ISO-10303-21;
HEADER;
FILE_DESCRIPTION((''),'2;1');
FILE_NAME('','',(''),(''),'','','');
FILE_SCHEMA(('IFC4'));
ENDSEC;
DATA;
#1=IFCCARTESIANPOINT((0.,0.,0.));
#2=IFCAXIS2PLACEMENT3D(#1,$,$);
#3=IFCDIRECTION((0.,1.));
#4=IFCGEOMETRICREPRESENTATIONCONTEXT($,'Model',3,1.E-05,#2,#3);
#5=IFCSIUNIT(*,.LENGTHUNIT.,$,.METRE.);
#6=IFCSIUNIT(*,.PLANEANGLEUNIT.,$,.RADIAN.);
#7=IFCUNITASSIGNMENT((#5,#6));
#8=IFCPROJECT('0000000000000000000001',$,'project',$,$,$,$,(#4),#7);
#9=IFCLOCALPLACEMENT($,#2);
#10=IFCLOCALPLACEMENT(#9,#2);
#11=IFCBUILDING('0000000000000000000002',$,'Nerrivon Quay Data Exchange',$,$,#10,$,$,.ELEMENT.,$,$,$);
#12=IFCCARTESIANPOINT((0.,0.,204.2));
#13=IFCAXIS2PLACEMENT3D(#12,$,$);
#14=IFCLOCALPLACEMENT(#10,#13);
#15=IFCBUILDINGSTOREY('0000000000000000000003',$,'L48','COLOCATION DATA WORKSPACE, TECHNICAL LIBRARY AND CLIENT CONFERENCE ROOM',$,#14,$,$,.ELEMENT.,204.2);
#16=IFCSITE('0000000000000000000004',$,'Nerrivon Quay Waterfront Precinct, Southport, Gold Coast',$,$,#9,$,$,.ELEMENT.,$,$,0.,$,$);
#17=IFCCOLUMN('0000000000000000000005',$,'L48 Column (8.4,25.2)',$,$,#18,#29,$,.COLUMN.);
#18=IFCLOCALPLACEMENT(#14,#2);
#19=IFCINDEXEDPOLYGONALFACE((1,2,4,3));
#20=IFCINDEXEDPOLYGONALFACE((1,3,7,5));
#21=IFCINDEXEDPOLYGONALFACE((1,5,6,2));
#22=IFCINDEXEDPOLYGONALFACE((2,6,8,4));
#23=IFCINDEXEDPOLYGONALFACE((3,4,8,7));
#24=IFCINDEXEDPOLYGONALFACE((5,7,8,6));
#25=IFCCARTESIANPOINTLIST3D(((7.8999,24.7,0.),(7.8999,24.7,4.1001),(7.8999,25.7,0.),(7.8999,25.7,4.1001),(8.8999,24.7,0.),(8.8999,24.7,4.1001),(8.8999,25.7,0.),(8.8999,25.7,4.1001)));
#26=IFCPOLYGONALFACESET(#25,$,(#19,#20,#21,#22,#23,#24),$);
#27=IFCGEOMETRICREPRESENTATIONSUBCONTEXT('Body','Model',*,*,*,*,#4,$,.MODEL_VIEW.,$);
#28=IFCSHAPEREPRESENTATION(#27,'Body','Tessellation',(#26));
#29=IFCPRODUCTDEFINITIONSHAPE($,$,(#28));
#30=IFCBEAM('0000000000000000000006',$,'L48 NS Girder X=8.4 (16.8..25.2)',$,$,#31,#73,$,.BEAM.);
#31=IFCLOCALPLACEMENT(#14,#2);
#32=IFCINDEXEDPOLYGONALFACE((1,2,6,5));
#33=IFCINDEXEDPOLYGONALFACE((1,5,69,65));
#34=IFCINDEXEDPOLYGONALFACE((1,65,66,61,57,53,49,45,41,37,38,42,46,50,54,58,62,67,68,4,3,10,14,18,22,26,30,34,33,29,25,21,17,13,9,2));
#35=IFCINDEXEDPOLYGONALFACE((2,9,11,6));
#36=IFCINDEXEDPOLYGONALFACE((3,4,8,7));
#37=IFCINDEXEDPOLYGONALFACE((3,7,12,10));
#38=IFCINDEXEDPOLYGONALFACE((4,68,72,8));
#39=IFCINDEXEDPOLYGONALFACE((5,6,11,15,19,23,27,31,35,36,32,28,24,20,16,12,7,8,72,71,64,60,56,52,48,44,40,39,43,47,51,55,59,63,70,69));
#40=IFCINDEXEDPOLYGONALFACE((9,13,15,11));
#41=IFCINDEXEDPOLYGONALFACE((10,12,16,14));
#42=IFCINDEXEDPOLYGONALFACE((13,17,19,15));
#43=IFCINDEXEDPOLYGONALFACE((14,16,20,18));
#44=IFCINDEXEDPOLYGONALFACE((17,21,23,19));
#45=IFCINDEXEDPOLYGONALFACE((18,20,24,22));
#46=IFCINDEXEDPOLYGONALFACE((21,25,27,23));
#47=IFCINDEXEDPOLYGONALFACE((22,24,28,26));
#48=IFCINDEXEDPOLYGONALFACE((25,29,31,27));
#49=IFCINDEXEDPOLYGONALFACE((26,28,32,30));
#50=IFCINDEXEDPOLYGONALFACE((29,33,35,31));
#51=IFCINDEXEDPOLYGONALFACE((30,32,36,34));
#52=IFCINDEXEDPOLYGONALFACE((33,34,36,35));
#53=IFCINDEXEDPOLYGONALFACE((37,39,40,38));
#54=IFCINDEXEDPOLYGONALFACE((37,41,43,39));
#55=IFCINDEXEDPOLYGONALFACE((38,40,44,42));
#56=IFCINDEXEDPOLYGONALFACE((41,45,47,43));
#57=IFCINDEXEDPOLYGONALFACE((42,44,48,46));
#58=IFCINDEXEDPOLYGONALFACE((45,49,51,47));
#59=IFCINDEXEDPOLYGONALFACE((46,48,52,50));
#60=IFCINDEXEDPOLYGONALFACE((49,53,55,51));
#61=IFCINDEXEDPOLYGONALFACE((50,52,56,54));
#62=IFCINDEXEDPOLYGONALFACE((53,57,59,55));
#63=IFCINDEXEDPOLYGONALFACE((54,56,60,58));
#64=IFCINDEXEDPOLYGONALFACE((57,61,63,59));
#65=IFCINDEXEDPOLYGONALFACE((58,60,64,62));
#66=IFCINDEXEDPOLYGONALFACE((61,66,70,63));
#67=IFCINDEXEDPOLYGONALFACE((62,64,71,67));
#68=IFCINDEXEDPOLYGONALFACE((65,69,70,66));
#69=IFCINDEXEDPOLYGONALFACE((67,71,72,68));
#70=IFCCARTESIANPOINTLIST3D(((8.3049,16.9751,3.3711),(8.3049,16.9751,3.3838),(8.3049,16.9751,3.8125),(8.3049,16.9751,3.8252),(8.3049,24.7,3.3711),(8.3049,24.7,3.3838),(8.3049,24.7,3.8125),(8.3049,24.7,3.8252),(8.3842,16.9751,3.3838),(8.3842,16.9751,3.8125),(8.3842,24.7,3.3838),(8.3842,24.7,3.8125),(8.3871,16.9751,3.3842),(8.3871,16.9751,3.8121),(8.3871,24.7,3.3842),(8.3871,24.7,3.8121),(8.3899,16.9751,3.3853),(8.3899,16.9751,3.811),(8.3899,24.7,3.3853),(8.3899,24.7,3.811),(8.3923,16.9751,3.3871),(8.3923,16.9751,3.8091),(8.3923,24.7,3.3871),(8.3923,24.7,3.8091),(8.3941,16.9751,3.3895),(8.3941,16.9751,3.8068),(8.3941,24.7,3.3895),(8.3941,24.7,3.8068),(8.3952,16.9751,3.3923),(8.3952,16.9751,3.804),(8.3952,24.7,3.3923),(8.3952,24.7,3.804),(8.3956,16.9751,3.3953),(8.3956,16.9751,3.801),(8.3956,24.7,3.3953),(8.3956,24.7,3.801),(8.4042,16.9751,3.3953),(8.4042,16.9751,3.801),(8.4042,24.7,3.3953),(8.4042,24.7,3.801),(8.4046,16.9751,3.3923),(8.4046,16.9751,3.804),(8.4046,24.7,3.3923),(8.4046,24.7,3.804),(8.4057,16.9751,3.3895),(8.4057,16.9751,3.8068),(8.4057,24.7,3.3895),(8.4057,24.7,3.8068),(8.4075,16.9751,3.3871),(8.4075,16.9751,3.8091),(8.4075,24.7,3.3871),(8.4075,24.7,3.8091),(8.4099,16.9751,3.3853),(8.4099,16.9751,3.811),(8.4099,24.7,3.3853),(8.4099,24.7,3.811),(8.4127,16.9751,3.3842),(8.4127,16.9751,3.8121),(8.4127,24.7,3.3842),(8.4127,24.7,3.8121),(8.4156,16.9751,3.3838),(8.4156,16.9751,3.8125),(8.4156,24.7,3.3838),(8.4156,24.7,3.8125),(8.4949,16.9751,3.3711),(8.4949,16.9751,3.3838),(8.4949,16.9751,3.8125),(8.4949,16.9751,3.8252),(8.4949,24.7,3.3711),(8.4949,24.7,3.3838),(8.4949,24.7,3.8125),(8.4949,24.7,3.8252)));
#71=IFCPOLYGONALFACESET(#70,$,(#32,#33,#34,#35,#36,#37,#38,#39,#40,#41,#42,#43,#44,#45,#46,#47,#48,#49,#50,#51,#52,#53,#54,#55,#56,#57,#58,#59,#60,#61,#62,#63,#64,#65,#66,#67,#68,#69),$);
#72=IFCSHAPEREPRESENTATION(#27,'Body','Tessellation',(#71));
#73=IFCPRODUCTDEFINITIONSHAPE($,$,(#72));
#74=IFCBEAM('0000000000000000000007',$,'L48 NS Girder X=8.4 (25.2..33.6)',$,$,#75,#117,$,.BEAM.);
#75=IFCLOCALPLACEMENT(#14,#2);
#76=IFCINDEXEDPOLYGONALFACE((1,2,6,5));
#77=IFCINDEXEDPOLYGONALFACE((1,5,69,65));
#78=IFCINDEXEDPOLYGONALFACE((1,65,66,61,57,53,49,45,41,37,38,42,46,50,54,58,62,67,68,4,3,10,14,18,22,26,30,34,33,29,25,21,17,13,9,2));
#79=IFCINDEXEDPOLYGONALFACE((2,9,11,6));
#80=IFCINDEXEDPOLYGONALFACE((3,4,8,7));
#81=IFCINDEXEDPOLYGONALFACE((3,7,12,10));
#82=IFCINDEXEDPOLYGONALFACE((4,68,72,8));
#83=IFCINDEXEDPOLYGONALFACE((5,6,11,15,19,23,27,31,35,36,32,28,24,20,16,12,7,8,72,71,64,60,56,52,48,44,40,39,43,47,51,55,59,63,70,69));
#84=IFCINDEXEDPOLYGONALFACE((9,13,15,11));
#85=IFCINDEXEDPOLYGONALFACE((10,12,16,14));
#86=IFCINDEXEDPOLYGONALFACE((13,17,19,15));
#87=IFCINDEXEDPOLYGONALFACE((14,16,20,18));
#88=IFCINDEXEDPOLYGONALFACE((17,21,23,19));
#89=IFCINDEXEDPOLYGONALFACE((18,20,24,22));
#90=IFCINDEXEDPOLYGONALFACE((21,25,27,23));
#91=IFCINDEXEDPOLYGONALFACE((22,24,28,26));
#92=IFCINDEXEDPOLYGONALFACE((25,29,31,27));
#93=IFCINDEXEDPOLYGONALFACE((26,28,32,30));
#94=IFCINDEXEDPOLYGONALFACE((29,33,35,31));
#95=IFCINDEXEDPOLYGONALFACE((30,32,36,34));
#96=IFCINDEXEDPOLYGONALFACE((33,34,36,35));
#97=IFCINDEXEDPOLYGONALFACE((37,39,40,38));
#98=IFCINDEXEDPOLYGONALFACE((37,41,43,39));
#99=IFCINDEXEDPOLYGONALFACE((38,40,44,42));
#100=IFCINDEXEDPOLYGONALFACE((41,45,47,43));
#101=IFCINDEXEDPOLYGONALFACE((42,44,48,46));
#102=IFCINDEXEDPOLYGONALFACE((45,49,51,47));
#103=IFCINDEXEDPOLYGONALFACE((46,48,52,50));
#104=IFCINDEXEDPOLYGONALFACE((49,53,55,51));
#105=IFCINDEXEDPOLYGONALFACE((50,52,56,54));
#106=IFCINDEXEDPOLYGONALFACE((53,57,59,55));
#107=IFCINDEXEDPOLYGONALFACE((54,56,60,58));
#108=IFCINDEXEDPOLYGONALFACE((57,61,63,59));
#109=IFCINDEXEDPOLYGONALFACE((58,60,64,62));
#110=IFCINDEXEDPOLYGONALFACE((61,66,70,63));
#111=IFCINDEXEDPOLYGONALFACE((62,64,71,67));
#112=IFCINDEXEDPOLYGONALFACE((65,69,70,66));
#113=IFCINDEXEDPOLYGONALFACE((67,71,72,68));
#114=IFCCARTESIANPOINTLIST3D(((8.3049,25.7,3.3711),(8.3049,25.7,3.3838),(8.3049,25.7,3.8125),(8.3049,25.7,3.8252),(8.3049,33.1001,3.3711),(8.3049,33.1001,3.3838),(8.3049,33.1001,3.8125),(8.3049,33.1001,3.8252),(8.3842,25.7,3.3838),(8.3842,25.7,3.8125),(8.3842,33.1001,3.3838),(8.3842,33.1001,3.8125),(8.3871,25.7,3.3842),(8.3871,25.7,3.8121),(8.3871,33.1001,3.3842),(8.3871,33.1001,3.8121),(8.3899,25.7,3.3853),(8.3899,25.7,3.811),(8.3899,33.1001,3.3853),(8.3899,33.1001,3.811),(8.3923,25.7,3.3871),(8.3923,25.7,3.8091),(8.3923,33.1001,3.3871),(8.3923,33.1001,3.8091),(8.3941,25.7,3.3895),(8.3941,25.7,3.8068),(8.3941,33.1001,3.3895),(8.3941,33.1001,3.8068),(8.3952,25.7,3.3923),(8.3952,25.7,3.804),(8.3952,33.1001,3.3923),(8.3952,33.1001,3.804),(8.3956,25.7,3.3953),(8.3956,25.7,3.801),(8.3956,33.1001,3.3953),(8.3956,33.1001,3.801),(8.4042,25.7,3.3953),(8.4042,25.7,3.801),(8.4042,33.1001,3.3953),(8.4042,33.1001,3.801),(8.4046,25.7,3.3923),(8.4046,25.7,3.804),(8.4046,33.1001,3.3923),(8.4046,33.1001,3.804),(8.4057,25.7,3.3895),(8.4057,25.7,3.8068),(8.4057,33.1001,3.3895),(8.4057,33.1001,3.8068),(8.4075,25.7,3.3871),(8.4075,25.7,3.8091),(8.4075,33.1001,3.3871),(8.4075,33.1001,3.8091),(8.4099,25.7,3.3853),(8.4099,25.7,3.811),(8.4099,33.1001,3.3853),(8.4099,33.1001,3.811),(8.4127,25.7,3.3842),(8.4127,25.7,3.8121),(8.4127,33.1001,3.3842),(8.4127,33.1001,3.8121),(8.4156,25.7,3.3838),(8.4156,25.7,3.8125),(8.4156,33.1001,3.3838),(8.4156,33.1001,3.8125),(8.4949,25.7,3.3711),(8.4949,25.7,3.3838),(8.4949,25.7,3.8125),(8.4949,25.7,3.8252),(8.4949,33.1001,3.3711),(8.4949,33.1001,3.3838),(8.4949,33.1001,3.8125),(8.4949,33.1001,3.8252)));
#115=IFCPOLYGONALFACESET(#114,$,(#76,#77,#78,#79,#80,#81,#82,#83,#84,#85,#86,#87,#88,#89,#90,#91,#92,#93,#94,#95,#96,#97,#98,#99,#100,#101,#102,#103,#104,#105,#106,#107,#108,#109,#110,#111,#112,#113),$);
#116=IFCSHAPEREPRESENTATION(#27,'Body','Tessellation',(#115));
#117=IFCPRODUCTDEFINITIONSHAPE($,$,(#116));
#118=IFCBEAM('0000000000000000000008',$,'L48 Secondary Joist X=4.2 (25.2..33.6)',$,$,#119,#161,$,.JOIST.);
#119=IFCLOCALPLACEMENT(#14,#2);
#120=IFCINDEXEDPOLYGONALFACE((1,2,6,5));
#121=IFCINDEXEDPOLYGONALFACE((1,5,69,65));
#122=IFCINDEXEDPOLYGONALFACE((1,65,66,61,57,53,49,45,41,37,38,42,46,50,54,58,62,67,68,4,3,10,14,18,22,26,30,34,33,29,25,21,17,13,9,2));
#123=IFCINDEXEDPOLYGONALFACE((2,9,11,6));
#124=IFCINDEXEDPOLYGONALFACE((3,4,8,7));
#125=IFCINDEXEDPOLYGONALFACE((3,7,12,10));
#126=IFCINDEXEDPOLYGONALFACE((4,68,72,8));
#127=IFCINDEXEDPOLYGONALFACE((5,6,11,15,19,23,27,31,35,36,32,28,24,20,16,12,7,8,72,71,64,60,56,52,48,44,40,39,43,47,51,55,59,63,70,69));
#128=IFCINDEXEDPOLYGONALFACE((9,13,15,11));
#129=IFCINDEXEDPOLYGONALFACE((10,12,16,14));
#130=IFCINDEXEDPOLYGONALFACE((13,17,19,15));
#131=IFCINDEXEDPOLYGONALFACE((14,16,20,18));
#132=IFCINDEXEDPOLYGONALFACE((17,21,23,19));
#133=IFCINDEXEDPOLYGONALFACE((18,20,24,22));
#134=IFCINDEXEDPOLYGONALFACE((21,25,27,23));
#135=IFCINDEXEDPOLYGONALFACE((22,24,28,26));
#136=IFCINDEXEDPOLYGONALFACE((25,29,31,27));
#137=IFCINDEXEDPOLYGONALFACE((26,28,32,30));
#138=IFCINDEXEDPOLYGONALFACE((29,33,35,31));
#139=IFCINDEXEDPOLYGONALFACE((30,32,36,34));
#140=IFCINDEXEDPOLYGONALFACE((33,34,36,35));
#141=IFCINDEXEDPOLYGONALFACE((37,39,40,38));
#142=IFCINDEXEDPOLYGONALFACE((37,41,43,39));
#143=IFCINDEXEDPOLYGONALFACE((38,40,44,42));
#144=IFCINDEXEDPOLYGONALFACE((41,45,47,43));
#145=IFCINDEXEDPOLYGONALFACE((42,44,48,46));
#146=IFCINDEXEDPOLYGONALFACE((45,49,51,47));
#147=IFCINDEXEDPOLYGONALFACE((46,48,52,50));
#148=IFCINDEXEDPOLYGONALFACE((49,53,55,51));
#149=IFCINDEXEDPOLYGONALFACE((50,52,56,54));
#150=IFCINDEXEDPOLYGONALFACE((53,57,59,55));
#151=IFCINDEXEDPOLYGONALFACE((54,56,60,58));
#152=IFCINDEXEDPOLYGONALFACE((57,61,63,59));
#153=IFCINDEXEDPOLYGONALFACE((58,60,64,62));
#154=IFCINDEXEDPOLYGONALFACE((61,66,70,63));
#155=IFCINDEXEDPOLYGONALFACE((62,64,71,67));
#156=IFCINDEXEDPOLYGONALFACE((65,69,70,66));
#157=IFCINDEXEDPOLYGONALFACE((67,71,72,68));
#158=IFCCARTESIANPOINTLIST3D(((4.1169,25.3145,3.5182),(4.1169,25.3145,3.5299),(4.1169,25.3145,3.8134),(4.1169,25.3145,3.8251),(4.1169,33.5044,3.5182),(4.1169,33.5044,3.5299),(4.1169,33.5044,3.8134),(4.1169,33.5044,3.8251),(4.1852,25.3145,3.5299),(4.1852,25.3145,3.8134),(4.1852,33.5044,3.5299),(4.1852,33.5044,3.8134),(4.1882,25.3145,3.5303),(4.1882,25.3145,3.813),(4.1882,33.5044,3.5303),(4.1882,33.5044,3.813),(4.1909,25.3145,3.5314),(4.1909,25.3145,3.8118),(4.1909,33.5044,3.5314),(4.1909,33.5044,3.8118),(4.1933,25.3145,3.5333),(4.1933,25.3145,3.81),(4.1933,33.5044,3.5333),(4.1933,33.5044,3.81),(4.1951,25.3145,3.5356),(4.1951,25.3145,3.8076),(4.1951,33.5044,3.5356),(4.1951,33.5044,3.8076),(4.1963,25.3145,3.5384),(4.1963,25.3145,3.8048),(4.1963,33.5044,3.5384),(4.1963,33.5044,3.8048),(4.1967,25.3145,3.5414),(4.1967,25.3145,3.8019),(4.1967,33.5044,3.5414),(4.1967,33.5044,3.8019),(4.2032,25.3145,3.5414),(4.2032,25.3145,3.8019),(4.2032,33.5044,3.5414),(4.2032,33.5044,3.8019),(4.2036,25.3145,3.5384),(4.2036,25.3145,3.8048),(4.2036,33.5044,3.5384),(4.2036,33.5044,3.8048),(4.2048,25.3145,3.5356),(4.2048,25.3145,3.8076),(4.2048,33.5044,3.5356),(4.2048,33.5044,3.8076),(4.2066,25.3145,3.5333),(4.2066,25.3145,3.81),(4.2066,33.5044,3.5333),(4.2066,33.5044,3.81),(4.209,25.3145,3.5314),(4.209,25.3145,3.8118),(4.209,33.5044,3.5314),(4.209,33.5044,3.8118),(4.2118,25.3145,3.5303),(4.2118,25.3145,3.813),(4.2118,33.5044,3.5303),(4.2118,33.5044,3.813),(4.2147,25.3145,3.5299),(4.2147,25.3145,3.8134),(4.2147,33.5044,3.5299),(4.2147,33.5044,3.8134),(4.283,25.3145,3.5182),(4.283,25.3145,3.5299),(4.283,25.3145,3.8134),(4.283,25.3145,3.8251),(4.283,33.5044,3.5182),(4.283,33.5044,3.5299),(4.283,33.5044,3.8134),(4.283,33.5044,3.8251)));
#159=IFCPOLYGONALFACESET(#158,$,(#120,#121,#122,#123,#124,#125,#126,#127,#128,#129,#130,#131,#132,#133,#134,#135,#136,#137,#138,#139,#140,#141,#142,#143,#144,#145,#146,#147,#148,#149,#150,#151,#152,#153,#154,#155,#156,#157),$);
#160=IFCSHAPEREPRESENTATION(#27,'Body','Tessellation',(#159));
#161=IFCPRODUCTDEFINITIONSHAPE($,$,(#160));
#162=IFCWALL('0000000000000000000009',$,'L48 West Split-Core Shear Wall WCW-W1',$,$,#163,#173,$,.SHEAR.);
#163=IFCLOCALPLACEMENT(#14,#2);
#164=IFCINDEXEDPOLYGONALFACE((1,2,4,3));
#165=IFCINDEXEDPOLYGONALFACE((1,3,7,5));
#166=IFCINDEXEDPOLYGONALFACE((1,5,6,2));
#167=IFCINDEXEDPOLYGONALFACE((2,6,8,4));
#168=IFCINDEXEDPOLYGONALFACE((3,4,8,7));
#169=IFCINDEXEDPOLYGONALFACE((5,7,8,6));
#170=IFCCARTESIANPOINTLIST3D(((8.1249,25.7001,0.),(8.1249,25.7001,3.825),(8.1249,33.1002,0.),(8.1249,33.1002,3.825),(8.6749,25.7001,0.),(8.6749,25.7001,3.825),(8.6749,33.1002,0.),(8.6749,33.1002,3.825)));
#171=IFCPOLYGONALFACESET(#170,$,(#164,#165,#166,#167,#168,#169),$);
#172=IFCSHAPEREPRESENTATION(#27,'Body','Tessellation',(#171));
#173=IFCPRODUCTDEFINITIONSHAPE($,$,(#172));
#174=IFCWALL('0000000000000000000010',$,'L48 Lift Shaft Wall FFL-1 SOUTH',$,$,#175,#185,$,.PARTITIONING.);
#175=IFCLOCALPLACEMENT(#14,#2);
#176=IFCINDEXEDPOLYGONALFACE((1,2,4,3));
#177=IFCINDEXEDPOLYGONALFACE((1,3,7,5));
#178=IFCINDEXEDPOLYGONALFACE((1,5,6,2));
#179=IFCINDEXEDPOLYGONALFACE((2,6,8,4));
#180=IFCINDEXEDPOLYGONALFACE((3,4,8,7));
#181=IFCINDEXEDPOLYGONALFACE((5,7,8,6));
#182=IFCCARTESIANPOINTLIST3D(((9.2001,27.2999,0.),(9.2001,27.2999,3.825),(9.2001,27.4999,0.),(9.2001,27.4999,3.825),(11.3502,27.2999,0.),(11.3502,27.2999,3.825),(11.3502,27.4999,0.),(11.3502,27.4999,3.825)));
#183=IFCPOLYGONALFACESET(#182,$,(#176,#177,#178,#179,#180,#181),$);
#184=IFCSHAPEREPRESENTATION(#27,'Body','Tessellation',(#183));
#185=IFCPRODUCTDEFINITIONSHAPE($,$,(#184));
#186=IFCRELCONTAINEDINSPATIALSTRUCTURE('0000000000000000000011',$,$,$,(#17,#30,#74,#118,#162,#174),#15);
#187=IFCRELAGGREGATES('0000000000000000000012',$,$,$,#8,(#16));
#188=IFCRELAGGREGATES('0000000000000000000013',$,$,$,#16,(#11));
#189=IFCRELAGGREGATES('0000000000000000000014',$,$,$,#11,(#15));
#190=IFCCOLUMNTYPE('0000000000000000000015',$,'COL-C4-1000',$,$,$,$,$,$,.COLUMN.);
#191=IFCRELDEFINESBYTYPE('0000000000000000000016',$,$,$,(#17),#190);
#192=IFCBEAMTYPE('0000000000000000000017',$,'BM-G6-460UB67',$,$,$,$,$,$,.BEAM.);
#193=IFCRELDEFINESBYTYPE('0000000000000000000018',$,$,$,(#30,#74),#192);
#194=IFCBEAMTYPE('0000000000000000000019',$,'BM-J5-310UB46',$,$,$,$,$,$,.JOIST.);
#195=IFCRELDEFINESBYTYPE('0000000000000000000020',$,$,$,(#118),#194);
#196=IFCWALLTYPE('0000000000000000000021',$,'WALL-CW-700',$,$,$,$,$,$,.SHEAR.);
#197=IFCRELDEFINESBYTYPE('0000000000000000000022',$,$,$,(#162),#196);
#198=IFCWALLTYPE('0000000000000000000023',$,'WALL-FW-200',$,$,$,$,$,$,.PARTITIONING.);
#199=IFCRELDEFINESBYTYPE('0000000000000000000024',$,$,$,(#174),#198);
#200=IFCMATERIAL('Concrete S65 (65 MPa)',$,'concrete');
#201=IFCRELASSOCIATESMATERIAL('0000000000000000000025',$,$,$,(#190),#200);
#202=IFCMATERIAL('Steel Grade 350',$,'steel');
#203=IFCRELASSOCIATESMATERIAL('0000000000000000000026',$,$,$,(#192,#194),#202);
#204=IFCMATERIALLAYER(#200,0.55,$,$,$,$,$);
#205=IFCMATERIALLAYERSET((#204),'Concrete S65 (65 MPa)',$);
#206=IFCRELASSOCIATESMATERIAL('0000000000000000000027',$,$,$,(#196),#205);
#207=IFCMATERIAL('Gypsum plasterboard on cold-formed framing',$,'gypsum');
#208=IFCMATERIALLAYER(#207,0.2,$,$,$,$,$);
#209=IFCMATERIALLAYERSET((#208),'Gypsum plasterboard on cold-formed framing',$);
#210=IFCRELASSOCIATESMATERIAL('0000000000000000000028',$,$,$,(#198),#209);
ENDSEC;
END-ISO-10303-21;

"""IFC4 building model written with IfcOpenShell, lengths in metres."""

from ifc_helpers import new_model, si_unit, direction, frame, frame_2d, origin, origin_2d, place, context, subcontext, project, spatial, rectangle, i_section, extrude, material, layer, layer_set, material_profile, profile_set, type_object, element, save


model = new_model("IFC4")

# Units and contexts
model_context = context("Model", 3, precision=1e-05, world=origin(), true_north=direction((0.0, 1.0)))
body_context = subcontext(model_context, "Body", "Model", "MODEL_VIEW")
ifc_project = project(units=[si_unit("LENGTHUNIT", "METRE"), si_unit("PLANEANGLEUNIT", "RADIAN")], contexts=[model_context])

# Site, building, storey
site_placement = place(None, origin())
site = spatial("IfcSite", under=ifc_project, at=site_placement, Name="Nerrivon Quay Waterfront Precinct, Southport, Gold Coast", CompositionType="ELEMENT", RefElevation=0.0)
building_placement = place(site_placement, origin())
building = spatial("IfcBuilding", under=site, at=building_placement, Name="Nerrivon Quay Data Exchange", CompositionType="ELEMENT")
storey_placement = place(building_placement, frame((0.0, 0.0, 204.2)))
storey = spatial("IfcBuildingStorey", under=building, at=storey_placement, Name="L48", Description="COLOCATION DATA WORKSPACE, TECHNICAL LIBRARY AND CLIENT CONFERENCE ROOM", CompositionType="ELEMENT", Elevation=204.2)

# Column
ifc_material_1 = material(Name="Concrete S65 (65 MPa)", Category="concrete")
ifc_material_profile_1 = material_profile(ifc_material_1, rectangle(XDim=1.0, YDim=1.0, at=origin_2d()), Name="RC-COL-1000x1000")
ifc_profile_set_1 = profile_set([ifc_material_profile_1], Name="Concrete S65 (65 MPa)")
column_type = type_object("IfcColumnType", Name="COL-C4-1000", PredefinedType="COLUMN", material=ifc_profile_set_1)
column_placement = place(storey_placement, frame((8.3999, 25.2, 0.0), z_axis=(0.0, 0.0, 1.0), x_axis=(1.0, 0.0, 0.0)))
element("IfcColumn", 1, at=column_placement, inside=storey, type_object=column_type, Name="L48 Column (8.4,25.2)", PredefinedType="COLUMN", context=body_context, shape_type="SweptSolid", body=[
    extrude(rectangle(XDim=1.0, YDim=1.0, at=origin_2d()), origin(), (0.0, 0.0, 1.0), 4.1001),
])

# Beams
ifc_material_2 = material(Name="Steel Grade 350", Category="steel")
ifc_material_profile_2 = material_profile(ifc_material_2, i_section(OverallWidth=0.1899, OverallDepth=0.4541, WebThickness=0.0085, FlangeThickness=0.0127, FilletRadius=0.0115, at=origin_2d()), Name="460UB67.1")
ifc_profile_set_2 = profile_set([ifc_material_profile_2], Name="Steel Grade 350")
beam_type_1 = type_object("IfcBeamType", Name="BM-G6-460UB67", PredefinedType="BEAM", material=ifc_profile_set_2)
beam_1_placement = place(storey_placement, frame((8.3999, 16.9751, 3.5981), z_axis=(0.0, 1.0, 0.0), x_axis=(-1.0, 0.0, 0.0)))
element("IfcBeam", 2, at=beam_1_placement, inside=storey, type_object=beam_type_1, Name="L48 NS Girder X=8.4 (16.8..25.2)", PredefinedType="BEAM", context=body_context, shape_type="SweptSolid", body=[
    extrude(i_section(OverallWidth=0.1899, OverallDepth=0.4541, WebThickness=0.0085, FlangeThickness=0.0127, FilletRadius=0.0115, at=origin_2d()), origin(), (0.0, 0.0, 1.0), 7.7249),
])
beam_2_placement = place(storey_placement, frame((8.3999, 25.7, 3.5981), z_axis=(0.0, 1.0, 0.0), x_axis=(-1.0, 0.0, 0.0)))
element("IfcBeam", 3, at=beam_2_placement, inside=storey, type_object=beam_type_1, Name="L48 NS Girder X=8.4 (25.2..33.6)", PredefinedType="BEAM", context=body_context, shape_type="SweptSolid", body=[
    extrude(i_section(OverallWidth=0.1899, OverallDepth=0.4541, WebThickness=0.0085, FlangeThickness=0.0127, FilletRadius=0.0115, at=origin_2d()), origin(), (0.0, 0.0, 1.0), 7.4001),
])
ifc_material_profile_3 = material_profile(ifc_material_2, i_section(OverallWidth=0.166, OverallDepth=0.3069, WebThickness=0.0066, FlangeThickness=0.0117, FilletRadius=0.0115, at=origin_2d()), Name="310UB46.2")
ifc_profile_set_3 = profile_set([ifc_material_profile_3], Name="Steel Grade 350")
beam_type_2 = type_object("IfcBeamType", Name="BM-J5-310UB46", PredefinedType="JOIST", material=ifc_profile_set_3)
beam_3_placement = place(storey_placement, frame((4.2, 25.3145, 3.6716), z_axis=(0.0, 1.0, 0.0), x_axis=(-1.0, 0.0, 0.0)))
element("IfcBeam", 4, at=beam_3_placement, inside=storey, type_object=beam_type_2, Name="L48 Secondary Joist X=4.2 (25.2..33.6)", PredefinedType="JOIST", context=body_context, shape_type="SweptSolid", body=[
    extrude(i_section(OverallWidth=0.166, OverallDepth=0.3069, WebThickness=0.0066, FlangeThickness=0.0117, FilletRadius=0.0115, at=origin_2d()), origin(), (0.0, 0.0, 1.0), 8.1899),
])

# Wall
ifc_layer_1 = layer(ifc_material_1, 0.55)
ifc_layer_set_1 = layer_set([ifc_layer_1], Name="Concrete S65 (65 MPa)")
wall_type_1 = type_object("IfcWallType", Name="WALL-CW-700", PredefinedType="SHEAR", material=ifc_layer_set_1)
wall_1_placement = place(storey_placement, frame((8.3999, 25.7, 0.0), z_axis=(0.0, 0.0, 1.0), x_axis=(0.0, 1.0, 0.0)))
element("IfcWall", 5, at=wall_1_placement, inside=storey, type_object=wall_type_1, Name="L48 West Split-Core Shear Wall WCW-W1", PredefinedType="SHEAR", context=body_context, shape_type="SweptSolid", body=[
    extrude(rectangle(XDim=7.4001, YDim=0.55, at=frame_2d((3.7002, 0.0))), origin(), (0.0, 0.0, 1.0), 3.825),
])

# Wall
ifc_material_3 = material(Name="Gypsum plasterboard on cold-formed framing", Category="gypsum")
ifc_layer_2 = layer(ifc_material_3, 0.2)
ifc_layer_set_2 = layer_set([ifc_layer_2], Name="Gypsum plasterboard on cold-formed framing")
wall_type_2 = type_object("IfcWallType", Name="WALL-FW-200", PredefinedType="PARTITIONING", material=ifc_layer_set_2)
wall_2_placement = place(storey_placement, frame((9.2, 27.3999, 0.0), z_axis=(0.0, 0.0, 1.0), x_axis=(1.0, 0.0, 0.0)))
element("IfcWall", 6, at=wall_2_placement, inside=storey, type_object=wall_type_2, Name="L48 Lift Shaft Wall FFL-1 SOUTH", PredefinedType="PARTITIONING", context=body_context, shape_type="SweptSolid", body=[
    extrude(rectangle(XDim=2.1501, YDim=0.2, at=frame_2d((1.0752, 0.0))), origin(), (0.0, 0.0, 1.0), 3.825),
])

save(model, "model.ifc")
